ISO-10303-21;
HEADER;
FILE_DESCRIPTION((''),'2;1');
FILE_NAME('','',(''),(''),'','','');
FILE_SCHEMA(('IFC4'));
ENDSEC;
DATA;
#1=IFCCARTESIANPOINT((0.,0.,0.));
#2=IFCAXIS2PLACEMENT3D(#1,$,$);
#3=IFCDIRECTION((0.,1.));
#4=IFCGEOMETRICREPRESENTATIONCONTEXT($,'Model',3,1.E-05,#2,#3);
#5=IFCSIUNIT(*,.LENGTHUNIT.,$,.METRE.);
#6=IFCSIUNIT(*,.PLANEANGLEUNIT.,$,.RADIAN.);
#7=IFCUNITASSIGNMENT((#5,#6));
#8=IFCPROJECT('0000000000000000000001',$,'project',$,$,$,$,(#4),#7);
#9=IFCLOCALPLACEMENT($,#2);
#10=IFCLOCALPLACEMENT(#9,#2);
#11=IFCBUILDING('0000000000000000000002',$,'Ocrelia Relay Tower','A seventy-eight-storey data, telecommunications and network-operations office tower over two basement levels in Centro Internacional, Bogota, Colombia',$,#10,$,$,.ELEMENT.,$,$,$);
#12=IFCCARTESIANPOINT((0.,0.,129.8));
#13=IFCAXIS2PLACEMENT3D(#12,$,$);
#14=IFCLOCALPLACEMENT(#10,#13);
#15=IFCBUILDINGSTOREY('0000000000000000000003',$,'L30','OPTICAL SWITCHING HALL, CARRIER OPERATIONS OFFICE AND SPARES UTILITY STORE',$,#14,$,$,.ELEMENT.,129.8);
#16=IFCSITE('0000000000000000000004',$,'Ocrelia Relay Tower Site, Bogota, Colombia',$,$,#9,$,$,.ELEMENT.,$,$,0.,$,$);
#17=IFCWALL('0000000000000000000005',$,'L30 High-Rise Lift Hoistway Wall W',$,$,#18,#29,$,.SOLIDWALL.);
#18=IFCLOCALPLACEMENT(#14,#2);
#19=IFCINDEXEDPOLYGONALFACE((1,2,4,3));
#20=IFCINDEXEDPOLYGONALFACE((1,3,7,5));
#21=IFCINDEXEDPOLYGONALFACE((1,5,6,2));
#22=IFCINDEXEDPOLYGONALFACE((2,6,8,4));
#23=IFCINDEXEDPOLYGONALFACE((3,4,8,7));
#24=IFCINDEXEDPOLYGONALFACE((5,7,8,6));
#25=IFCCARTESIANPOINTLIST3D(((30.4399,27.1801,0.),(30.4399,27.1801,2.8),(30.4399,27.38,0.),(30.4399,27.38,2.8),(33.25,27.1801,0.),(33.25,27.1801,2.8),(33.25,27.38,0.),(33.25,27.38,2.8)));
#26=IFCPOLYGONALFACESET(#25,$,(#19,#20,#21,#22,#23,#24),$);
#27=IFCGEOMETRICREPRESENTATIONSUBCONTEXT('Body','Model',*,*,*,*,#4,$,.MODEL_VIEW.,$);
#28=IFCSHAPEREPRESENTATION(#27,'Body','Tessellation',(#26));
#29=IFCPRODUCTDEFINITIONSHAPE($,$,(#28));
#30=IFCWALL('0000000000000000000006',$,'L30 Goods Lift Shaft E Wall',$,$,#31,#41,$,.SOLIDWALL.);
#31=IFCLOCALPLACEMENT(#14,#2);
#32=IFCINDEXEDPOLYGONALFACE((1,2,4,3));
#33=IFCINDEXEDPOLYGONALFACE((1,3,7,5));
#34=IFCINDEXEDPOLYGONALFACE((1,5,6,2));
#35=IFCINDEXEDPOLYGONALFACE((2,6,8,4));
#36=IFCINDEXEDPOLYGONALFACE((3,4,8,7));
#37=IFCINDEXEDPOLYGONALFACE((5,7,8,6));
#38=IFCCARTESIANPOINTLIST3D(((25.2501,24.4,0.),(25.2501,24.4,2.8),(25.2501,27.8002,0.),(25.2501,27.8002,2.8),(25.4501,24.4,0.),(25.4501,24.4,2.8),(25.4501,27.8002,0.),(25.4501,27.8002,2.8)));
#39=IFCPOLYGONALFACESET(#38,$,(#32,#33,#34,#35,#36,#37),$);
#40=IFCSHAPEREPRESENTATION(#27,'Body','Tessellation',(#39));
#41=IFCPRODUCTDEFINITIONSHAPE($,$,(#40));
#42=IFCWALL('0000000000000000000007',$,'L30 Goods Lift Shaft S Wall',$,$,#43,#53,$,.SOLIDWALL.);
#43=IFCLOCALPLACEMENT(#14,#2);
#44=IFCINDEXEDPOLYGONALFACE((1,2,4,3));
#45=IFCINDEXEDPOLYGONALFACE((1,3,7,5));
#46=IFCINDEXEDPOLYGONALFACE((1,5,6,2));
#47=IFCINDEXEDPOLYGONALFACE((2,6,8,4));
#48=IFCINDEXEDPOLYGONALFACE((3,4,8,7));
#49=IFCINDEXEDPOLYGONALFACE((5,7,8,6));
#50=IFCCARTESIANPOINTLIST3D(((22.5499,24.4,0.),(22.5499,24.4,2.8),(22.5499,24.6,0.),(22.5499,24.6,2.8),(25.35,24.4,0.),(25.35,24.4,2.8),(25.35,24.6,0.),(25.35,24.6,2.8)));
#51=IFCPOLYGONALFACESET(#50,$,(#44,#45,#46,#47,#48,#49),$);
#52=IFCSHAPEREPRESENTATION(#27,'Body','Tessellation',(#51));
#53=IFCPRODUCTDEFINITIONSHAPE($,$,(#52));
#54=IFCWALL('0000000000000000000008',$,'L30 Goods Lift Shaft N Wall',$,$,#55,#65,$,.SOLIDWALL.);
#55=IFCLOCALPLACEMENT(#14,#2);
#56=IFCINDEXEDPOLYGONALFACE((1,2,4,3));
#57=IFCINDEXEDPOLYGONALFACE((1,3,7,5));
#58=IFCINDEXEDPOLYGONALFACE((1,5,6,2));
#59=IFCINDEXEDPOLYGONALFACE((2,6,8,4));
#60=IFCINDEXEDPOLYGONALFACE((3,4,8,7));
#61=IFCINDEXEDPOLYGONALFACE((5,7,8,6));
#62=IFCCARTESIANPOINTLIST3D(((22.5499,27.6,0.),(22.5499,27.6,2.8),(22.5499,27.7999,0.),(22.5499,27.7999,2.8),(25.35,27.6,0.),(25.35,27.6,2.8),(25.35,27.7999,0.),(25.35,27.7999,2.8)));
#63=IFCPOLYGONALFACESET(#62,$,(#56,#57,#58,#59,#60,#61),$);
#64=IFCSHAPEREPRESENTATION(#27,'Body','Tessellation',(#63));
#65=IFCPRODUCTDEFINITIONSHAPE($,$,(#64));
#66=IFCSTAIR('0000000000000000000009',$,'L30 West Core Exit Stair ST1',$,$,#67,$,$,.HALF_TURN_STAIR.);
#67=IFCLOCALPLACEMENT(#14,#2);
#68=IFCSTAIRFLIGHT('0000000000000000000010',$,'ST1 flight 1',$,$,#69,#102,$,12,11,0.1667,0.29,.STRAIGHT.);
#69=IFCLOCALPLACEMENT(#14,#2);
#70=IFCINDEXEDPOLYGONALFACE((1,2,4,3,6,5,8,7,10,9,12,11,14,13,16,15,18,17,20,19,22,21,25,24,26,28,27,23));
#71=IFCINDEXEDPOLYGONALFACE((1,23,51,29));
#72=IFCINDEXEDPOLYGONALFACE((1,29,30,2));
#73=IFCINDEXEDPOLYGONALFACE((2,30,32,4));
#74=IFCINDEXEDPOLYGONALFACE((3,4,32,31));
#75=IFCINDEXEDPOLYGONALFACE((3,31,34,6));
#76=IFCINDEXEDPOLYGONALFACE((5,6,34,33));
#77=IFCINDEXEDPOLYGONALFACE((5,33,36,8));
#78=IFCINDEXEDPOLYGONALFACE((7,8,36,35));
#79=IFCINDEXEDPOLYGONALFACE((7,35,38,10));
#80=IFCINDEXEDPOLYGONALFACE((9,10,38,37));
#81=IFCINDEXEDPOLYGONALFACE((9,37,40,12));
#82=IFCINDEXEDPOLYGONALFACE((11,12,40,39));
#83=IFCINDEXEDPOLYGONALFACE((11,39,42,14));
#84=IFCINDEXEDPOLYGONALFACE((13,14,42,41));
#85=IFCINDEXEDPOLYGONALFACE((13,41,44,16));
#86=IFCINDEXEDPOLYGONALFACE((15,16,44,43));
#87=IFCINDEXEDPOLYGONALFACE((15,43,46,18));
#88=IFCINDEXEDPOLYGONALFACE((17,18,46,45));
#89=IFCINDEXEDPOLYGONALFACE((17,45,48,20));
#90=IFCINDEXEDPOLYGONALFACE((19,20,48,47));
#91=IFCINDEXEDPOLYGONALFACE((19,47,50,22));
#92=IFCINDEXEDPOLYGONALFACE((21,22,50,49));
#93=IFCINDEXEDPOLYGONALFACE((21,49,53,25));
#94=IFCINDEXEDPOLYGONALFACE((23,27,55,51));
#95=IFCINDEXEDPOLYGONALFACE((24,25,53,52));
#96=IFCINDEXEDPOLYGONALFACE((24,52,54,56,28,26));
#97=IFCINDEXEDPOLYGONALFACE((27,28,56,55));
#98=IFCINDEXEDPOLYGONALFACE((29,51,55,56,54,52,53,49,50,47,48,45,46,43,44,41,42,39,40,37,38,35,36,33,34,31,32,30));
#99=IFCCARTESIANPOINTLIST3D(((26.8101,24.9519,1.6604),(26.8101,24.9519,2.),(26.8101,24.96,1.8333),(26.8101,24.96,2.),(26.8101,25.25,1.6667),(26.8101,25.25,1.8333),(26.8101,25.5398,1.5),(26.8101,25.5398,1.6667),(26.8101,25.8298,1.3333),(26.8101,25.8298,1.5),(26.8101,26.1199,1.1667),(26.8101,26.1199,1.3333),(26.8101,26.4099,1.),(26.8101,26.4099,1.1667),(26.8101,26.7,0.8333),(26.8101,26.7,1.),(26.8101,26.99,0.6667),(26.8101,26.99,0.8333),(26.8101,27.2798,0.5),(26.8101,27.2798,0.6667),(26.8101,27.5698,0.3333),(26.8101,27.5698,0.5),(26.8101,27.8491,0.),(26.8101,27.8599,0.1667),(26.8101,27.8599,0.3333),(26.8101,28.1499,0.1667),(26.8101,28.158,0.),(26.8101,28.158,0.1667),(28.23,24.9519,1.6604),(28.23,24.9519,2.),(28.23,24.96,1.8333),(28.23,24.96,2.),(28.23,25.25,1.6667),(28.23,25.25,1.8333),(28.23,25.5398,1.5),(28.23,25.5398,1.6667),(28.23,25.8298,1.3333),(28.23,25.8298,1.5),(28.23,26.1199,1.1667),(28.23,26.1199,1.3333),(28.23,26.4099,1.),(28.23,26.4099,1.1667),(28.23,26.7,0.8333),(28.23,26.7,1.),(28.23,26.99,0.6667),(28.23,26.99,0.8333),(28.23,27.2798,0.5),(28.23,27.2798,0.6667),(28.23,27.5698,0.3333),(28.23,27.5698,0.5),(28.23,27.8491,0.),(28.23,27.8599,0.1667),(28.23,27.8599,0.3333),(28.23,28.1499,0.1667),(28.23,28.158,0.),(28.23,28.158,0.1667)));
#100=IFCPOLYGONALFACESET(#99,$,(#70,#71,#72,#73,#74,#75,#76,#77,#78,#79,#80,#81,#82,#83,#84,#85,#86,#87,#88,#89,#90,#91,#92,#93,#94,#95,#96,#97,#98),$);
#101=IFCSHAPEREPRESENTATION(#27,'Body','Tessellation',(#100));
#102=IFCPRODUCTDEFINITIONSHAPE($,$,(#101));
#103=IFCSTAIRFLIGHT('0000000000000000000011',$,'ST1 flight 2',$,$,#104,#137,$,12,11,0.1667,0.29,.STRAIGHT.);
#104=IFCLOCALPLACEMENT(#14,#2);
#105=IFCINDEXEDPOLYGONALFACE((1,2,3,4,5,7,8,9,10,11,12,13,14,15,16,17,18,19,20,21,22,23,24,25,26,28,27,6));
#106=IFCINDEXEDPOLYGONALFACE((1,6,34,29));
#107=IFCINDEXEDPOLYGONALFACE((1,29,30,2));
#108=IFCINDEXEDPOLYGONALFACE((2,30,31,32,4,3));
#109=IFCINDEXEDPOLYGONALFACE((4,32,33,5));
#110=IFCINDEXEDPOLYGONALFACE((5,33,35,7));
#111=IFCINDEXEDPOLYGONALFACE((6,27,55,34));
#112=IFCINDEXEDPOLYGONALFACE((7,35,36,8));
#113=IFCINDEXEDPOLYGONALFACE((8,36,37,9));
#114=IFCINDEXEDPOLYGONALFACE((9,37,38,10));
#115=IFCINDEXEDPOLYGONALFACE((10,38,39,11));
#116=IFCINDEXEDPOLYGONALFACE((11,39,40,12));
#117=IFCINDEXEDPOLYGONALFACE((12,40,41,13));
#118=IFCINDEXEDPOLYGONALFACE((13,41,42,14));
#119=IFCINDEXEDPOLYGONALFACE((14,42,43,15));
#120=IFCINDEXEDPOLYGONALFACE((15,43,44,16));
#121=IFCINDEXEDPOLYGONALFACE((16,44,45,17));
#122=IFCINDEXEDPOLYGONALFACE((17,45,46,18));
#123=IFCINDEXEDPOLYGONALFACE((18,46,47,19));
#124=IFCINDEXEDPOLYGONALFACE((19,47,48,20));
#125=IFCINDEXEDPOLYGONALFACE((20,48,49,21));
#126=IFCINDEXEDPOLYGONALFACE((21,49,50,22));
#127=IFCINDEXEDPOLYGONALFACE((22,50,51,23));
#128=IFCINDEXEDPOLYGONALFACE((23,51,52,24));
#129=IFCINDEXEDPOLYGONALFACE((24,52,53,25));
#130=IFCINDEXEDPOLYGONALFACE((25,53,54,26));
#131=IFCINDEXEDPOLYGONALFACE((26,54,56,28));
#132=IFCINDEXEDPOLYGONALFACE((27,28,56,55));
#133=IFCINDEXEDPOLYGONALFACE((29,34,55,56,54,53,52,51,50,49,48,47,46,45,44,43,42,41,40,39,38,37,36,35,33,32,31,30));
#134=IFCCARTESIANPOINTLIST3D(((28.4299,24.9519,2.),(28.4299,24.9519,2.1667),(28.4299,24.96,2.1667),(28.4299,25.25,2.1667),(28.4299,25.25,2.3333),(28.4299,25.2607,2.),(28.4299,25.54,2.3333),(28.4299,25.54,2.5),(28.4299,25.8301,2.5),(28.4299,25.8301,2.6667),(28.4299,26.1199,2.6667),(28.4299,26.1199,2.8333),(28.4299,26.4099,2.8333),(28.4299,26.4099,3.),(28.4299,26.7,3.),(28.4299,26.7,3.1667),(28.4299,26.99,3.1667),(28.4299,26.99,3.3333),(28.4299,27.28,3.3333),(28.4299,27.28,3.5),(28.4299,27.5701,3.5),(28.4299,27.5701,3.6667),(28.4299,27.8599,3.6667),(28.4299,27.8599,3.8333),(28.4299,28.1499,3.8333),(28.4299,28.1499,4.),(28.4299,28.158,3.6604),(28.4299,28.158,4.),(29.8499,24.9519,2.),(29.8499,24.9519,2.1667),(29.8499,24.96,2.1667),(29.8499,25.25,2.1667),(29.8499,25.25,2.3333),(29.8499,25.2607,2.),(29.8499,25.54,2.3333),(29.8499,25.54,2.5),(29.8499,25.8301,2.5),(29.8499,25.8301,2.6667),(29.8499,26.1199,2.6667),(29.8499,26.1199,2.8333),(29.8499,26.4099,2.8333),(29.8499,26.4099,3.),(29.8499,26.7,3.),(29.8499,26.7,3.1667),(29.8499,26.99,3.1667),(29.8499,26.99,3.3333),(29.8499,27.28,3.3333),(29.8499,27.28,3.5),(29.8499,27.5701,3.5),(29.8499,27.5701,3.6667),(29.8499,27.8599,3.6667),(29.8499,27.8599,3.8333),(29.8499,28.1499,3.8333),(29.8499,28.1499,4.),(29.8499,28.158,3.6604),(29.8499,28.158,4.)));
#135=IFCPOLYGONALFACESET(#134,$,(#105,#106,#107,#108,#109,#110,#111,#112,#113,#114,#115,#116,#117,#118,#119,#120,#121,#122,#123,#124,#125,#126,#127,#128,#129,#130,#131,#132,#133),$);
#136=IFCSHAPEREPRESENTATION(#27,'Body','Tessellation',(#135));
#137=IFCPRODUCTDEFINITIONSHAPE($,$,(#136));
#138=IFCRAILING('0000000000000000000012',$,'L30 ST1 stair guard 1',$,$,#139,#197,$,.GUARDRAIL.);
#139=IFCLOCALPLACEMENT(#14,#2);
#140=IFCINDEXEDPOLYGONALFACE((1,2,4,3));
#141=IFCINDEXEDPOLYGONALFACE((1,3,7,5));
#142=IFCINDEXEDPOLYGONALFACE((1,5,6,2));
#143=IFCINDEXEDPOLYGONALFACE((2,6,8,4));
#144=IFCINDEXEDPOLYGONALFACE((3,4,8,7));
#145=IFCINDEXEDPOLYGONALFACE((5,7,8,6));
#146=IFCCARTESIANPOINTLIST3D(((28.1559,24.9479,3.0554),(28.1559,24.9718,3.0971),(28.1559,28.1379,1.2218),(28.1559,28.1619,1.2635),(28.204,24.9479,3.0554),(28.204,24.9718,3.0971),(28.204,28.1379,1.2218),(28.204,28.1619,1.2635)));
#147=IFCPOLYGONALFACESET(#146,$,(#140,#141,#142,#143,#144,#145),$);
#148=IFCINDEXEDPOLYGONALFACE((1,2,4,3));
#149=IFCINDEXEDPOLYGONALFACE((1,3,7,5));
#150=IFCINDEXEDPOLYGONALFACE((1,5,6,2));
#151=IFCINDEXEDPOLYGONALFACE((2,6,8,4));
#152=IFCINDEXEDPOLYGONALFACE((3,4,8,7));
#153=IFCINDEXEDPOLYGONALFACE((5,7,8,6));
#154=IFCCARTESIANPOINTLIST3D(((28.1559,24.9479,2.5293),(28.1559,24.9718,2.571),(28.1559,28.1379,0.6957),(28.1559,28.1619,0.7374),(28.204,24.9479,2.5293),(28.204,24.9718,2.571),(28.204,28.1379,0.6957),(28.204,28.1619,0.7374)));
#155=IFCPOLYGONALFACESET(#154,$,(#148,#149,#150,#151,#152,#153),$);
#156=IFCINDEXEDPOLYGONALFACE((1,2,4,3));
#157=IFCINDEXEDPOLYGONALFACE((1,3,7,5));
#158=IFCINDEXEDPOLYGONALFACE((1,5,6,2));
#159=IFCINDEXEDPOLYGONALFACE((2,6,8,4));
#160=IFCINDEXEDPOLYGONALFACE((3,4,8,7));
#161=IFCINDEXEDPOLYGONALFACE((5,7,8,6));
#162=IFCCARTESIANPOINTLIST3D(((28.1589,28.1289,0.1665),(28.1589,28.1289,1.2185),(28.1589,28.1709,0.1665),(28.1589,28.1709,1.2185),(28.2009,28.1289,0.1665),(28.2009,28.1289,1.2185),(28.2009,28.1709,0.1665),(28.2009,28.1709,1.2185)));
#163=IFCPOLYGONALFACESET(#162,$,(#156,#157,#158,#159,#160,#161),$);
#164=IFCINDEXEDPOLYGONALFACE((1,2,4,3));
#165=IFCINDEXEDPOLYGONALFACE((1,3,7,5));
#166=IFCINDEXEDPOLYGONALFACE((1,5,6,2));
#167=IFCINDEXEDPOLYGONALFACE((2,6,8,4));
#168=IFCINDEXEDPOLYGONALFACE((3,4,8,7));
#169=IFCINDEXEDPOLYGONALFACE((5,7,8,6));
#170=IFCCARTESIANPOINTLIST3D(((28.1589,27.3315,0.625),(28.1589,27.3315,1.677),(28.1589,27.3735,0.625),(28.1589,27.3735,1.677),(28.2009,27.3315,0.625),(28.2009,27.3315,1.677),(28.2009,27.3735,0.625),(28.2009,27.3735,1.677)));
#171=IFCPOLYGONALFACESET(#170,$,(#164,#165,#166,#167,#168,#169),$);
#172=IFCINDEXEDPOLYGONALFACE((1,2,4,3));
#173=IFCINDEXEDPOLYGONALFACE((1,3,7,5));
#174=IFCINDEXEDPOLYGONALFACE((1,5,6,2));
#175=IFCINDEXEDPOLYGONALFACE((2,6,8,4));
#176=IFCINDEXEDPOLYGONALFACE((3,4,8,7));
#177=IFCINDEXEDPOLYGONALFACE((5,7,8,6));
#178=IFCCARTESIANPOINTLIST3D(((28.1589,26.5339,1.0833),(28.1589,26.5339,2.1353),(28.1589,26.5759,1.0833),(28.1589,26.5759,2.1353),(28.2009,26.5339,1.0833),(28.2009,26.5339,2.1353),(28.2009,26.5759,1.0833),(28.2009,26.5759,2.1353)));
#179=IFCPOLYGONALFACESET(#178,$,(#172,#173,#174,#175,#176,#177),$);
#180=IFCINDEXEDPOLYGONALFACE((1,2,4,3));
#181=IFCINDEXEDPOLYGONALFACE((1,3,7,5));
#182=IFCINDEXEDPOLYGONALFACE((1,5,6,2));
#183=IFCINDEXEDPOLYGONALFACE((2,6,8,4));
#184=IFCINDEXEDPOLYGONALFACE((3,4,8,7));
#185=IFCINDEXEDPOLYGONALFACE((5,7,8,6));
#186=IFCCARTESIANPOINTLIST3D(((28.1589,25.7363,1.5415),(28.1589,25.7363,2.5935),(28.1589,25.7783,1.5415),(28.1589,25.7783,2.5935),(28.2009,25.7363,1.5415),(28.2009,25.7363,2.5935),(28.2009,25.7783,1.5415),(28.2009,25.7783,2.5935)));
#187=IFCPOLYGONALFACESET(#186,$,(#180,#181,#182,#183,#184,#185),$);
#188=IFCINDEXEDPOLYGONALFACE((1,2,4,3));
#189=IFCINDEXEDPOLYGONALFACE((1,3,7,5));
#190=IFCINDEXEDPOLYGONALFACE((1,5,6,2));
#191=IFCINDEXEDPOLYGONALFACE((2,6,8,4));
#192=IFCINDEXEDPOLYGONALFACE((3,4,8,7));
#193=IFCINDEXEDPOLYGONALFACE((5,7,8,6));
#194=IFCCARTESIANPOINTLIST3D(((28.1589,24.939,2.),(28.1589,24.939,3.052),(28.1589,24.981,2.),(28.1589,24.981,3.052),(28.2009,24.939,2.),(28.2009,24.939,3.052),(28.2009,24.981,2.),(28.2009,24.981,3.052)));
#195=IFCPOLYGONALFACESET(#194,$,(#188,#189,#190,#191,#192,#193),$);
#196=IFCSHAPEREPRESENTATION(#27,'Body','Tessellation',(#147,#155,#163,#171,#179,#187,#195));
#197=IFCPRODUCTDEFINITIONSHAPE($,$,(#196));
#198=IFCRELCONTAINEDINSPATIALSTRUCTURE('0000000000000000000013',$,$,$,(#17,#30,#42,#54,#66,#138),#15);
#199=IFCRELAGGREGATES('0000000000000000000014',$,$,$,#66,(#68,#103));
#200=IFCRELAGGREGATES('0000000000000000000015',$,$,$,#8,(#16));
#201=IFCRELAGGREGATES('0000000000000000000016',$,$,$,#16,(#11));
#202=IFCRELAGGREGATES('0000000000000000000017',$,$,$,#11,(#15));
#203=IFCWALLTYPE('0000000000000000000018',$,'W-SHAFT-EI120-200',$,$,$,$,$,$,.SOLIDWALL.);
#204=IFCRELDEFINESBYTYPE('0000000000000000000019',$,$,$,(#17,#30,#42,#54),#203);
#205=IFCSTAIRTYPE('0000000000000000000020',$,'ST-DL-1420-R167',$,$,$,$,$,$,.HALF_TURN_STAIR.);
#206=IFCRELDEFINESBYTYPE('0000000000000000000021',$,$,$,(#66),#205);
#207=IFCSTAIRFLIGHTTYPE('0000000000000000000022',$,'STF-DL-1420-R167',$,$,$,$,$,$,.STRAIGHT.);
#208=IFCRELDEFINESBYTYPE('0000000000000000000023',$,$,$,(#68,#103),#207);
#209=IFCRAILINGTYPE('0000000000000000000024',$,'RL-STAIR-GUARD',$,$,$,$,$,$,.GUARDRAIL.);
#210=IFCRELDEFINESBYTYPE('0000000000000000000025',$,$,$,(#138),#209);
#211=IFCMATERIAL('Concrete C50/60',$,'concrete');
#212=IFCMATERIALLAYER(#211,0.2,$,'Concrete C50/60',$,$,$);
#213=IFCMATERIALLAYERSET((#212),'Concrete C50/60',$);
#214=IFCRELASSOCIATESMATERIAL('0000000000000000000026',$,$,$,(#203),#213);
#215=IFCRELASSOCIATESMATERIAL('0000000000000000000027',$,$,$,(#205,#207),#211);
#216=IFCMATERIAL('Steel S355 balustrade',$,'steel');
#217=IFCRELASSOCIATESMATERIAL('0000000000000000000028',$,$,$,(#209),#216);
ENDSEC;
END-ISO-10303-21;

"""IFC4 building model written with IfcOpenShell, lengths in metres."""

from ifc_helpers import new_model, si_unit, direction, frame, frame_2d, origin, origin_2d, place, context, subcontext, project, spatial, polyline, rectangle, outline, extrude, material, layer, layer_set, type_object, element, aggregate, save


model = new_model("IFC4")

# Units and contexts
model_context = context("Model", 3, precision=1e-05, world=origin(), true_north=direction((0.0, 1.0)))
body_context = subcontext(model_context, "Body", "Model", "MODEL_VIEW")
ifc_project = project(units=[si_unit("LENGTHUNIT", "METRE"), si_unit("PLANEANGLEUNIT", "RADIAN")], contexts=[model_context])

# Site, building, storey
site_placement = place(None, origin())
site = spatial("IfcSite", under=ifc_project, at=site_placement, Name="Ocrelia Relay Tower Site, Bogota, Colombia", CompositionType="ELEMENT", RefElevation=0.0)
building_placement = place(site_placement, origin())
building = spatial("IfcBuilding", under=site, at=building_placement, Name="Ocrelia Relay Tower", Description="A seventy-eight-storey data, telecommunications and network-operations office tower over two basement levels in Centro Internacional, Bogota, Colombia", CompositionType="ELEMENT")
storey_placement = place(building_placement, frame((0.0, 0.0, 129.8)))
storey = spatial("IfcBuildingStorey", under=building, at=storey_placement, Name="L30", Description="OPTICAL SWITCHING HALL, CARRIER OPERATIONS OFFICE AND SPARES UTILITY STORE", CompositionType="ELEMENT", Elevation=129.8)

# Shared definitions
ifc_material_1 = material(Name="Concrete C50/60", Category="concrete")

# Shared definitions
ifc_layer_1 = layer(ifc_material_1, 0.2, Name="Concrete C50/60")
ifc_layer_set_1 = layer_set([ifc_layer_1], Name="Concrete C50/60")
wall_type_1 = type_object("IfcWallType", Name="W-SHAFT-EI120-200", PredefinedType="SOLIDWALL", material=ifc_layer_set_1)

# Wall
wall_1_placement = place(storey_placement, frame((30.4399, 27.28, 0.0), z_axis=(0.0, 0.0, 1.0), x_axis=(1.0, 0.0, 0.0)))
element("IfcWall", 1, at=wall_1_placement, inside=storey, type_object=wall_type_1, Name="L30 High-Rise Lift Hoistway Wall W", PredefinedType="SOLIDWALL", context=body_context, shape_type="SweptSolid", body=[
    extrude(rectangle(XDim=2.8101, YDim=0.2, at=frame_2d((1.405, 0.0))), origin(), (0.0, 0.0, 1.0), 2.8),
])

# Walls
wall_2_placement = place(storey_placement, frame((25.3501, 24.3999, 0.0), z_axis=(0.0, 0.0, 1.0), x_axis=(0.0, 1.0, 0.0)))
element("IfcWall", 2, at=wall_2_placement, inside=storey, type_object=wall_type_1, Name="L30 Goods Lift Shaft E Wall", PredefinedType="SOLIDWALL", context=body_context, shape_type="SweptSolid", body=[
    extrude(rectangle(XDim=3.4001, YDim=0.2, at=frame_2d((1.7002, 0.0))), origin(), (0.0, 0.0, 1.0), 2.8),
])
for number, where, z_axis, x_axis, name in (
    (3, (22.55, 24.5, 0.0), (0.0, 0.0, 1.0), (1.0, 0.0, 0.0), "L30 Goods Lift Shaft S Wall"),
    (4, (22.55, 27.7, 0.0), (0.0, 0.0, 1.0), (1.0, 0.0, 0.0), "L30 Goods Lift Shaft N Wall"),
):
    element("IfcWall", number, at=place(storey_placement, frame(where, z_axis=z_axis, x_axis=x_axis)), inside=storey, type_object=wall_type_1, Name=name, PredefinedType="SOLIDWALL", context=body_context, shape_type="SweptSolid", body=[
        extrude(rectangle(XDim=2.8, YDim=0.2, at=frame_2d((1.3999, 0.0))), origin(), (0.0, 0.0, 1.0), 2.8),
    ])

# Stair, stair flights
stair_type = type_object("IfcStairType", Name="ST-DL-1420-R167", PredefinedType="HALF_TURN_STAIR", material=ifc_material_1)
stair_placement = place(storey_placement, origin())
stair = element("IfcStair", 5, at=stair_placement, inside=storey, type_object=stair_type, Name="L30 West Core Exit Stair ST1", PredefinedType="HALF_TURN_STAIR")
stair_flight_type = type_object("IfcStairFlightType", Name="STF-DL-1420-R167", PredefinedType="STRAIGHT", material=ifc_material_1)
stair_flight_1_placement = place(storey_placement, frame((27.52, 28.1499, 0.0), z_axis=(0.0, 0.0, 1.0), x_axis=(0.0, -1.0, 0.0)))
stair_flight_1 = element("IfcStairFlight", 6, at=stair_flight_1_placement, type_object=stair_flight_type, Name="ST1 flight 1", NumberOfRisers=12, NumberOfTreads=11, PredefinedType="STRAIGHT", RiserHeight=0.1667, TreadLength=0.29, context=body_context, shape_type="SweptSolid", body=[
    extrude(outline(polyline([(-0.0081, 0.0), (-0.0081, 0.1667), (0.0, 0.1667), (0.29, 0.1667), (0.29, 0.3333), (0.5801, 0.3333), (0.5801, 0.5), (0.8701, 0.5), (0.8701, 0.6667), (1.1599, 0.6667), (1.1599, 0.8333), (1.45, 0.8333), (1.45, 1.0), (1.74, 1.0), (1.74, 1.1667), (2.03, 1.1667), (2.03, 1.3333), (2.3201, 1.3333), (2.3201, 1.5), (2.6101, 1.5), (2.6101, 1.6667), (2.8999, 1.6667), (2.8999, 1.8333), (3.1899, 1.8333), (3.1899, 2.0), (3.198, 2.0), (3.198, 1.6604), (0.3008, 0.0), (-0.0081, 0.0)])), frame((0.0, 0.71, 0.0), z_axis=(0.0, -1.0, 0.0), x_axis=(1.0, 0.0, 0.0)), (0.0, 0.0, 1.0), 1.4199),
])
stair_flight_2_placement = place(storey_placement, frame((29.1399, 24.96, 2.0), z_axis=(0.0, 0.0, 1.0), x_axis=(0.0, 1.0, 0.0)))
stair_flight_2 = element("IfcStairFlight", 7, at=stair_flight_2_placement, type_object=stair_flight_type, Name="ST1 flight 2", NumberOfRisers=12, NumberOfTreads=11, PredefinedType="STRAIGHT", RiserHeight=0.1667, TreadLength=0.29, context=body_context, shape_type="SweptSolid", body=[
    extrude(outline(polyline([(-0.0081, 0.0), (-0.0081, 0.1667), (0.0, 0.1667), (0.29, 0.1667), (0.29, 0.3333), (0.5801, 0.3333), (0.5801, 0.5), (0.8701, 0.5), (0.8701, 0.6667), (1.1599, 0.6667), (1.1599, 0.8333), (1.45, 0.8333), (1.45, 1.0), (1.74, 1.0), (1.74, 1.1667), (2.03, 1.1667), (2.03, 1.3333), (2.3201, 1.3333), (2.3201, 1.5), (2.6101, 1.5), (2.6101, 1.6667), (2.8999, 1.6667), (2.8999, 1.8333), (3.1899, 1.8333), (3.1899, 2.0), (3.198, 2.0), (3.198, 1.6604), (0.3008, 0.0), (-0.0081, 0.0)])), frame((0.0, 0.71, 0.0), z_axis=(0.0, -1.0, 0.0), x_axis=(1.0, 0.0, 0.0)), (0.0, 0.0, 1.0), 1.4199),
])
aggregate(stair, [stair_flight_1, stair_flight_2])

# Railing
ifc_material_2 = material(Name="Steel S355 balustrade", Category="steel")
railing_type_1 = type_object("IfcRailingType", Name="RL-STAIR-GUARD", PredefinedType="GUARDRAIL", material=ifc_material_2)
railing_1_placement = place(storey_placement, frame((28.1799, 28.1499, 0.1665)))
element("IfcRailing", 8, at=railing_1_placement, inside=storey, type_object=railing_type_1, Name="L30 ST1 stair guard 1", PredefinedType="GUARDRAIL", context=body_context, shape_type="SweptSolid", body=[
    extrude(rectangle(XDim=0.0481, YDim=0.0481, at=origin_2d()), frame((0.0, 0.0, 1.0762), z_axis=(0.0, -0.866991, 0.498324), x_axis=(1.0, 0.0, 0.0)), (0.0, 0.0, 1.0), 3.6794),
    extrude(rectangle(XDim=0.0481, YDim=0.0481, at=origin_2d()), frame((0.0, 0.0, 0.55), z_axis=(0.0, -0.866991, 0.498324), x_axis=(1.0, 0.0, 0.0)), (0.0, 0.0, 1.0), 3.6794),
    extrude(rectangle(XDim=0.042, YDim=0.042, at=origin_2d()), origin(), (0.0, 0.0, 1.0), 1.052),
    extrude(rectangle(XDim=0.042, YDim=0.042, at=origin_2d()), frame((0.0, -0.7974, 0.4585)), (0.0, 0.0, 1.0), 1.052),
    extrude(rectangle(XDim=0.042, YDim=0.042, at=origin_2d()), frame((0.0, -1.595, 0.9167)), (0.0, 0.0, 1.0), 1.052),
    extrude(rectangle(XDim=0.042, YDim=0.042, at=origin_2d()), frame((0.0, -2.3926, 1.375)), (0.0, 0.0, 1.0), 1.052),
    extrude(rectangle(XDim=0.042, YDim=0.042, at=origin_2d()), frame((0.0, -3.1899, 1.8335)), (0.0, 0.0, 1.0), 1.052),
])

save(model, "model.ifc")
